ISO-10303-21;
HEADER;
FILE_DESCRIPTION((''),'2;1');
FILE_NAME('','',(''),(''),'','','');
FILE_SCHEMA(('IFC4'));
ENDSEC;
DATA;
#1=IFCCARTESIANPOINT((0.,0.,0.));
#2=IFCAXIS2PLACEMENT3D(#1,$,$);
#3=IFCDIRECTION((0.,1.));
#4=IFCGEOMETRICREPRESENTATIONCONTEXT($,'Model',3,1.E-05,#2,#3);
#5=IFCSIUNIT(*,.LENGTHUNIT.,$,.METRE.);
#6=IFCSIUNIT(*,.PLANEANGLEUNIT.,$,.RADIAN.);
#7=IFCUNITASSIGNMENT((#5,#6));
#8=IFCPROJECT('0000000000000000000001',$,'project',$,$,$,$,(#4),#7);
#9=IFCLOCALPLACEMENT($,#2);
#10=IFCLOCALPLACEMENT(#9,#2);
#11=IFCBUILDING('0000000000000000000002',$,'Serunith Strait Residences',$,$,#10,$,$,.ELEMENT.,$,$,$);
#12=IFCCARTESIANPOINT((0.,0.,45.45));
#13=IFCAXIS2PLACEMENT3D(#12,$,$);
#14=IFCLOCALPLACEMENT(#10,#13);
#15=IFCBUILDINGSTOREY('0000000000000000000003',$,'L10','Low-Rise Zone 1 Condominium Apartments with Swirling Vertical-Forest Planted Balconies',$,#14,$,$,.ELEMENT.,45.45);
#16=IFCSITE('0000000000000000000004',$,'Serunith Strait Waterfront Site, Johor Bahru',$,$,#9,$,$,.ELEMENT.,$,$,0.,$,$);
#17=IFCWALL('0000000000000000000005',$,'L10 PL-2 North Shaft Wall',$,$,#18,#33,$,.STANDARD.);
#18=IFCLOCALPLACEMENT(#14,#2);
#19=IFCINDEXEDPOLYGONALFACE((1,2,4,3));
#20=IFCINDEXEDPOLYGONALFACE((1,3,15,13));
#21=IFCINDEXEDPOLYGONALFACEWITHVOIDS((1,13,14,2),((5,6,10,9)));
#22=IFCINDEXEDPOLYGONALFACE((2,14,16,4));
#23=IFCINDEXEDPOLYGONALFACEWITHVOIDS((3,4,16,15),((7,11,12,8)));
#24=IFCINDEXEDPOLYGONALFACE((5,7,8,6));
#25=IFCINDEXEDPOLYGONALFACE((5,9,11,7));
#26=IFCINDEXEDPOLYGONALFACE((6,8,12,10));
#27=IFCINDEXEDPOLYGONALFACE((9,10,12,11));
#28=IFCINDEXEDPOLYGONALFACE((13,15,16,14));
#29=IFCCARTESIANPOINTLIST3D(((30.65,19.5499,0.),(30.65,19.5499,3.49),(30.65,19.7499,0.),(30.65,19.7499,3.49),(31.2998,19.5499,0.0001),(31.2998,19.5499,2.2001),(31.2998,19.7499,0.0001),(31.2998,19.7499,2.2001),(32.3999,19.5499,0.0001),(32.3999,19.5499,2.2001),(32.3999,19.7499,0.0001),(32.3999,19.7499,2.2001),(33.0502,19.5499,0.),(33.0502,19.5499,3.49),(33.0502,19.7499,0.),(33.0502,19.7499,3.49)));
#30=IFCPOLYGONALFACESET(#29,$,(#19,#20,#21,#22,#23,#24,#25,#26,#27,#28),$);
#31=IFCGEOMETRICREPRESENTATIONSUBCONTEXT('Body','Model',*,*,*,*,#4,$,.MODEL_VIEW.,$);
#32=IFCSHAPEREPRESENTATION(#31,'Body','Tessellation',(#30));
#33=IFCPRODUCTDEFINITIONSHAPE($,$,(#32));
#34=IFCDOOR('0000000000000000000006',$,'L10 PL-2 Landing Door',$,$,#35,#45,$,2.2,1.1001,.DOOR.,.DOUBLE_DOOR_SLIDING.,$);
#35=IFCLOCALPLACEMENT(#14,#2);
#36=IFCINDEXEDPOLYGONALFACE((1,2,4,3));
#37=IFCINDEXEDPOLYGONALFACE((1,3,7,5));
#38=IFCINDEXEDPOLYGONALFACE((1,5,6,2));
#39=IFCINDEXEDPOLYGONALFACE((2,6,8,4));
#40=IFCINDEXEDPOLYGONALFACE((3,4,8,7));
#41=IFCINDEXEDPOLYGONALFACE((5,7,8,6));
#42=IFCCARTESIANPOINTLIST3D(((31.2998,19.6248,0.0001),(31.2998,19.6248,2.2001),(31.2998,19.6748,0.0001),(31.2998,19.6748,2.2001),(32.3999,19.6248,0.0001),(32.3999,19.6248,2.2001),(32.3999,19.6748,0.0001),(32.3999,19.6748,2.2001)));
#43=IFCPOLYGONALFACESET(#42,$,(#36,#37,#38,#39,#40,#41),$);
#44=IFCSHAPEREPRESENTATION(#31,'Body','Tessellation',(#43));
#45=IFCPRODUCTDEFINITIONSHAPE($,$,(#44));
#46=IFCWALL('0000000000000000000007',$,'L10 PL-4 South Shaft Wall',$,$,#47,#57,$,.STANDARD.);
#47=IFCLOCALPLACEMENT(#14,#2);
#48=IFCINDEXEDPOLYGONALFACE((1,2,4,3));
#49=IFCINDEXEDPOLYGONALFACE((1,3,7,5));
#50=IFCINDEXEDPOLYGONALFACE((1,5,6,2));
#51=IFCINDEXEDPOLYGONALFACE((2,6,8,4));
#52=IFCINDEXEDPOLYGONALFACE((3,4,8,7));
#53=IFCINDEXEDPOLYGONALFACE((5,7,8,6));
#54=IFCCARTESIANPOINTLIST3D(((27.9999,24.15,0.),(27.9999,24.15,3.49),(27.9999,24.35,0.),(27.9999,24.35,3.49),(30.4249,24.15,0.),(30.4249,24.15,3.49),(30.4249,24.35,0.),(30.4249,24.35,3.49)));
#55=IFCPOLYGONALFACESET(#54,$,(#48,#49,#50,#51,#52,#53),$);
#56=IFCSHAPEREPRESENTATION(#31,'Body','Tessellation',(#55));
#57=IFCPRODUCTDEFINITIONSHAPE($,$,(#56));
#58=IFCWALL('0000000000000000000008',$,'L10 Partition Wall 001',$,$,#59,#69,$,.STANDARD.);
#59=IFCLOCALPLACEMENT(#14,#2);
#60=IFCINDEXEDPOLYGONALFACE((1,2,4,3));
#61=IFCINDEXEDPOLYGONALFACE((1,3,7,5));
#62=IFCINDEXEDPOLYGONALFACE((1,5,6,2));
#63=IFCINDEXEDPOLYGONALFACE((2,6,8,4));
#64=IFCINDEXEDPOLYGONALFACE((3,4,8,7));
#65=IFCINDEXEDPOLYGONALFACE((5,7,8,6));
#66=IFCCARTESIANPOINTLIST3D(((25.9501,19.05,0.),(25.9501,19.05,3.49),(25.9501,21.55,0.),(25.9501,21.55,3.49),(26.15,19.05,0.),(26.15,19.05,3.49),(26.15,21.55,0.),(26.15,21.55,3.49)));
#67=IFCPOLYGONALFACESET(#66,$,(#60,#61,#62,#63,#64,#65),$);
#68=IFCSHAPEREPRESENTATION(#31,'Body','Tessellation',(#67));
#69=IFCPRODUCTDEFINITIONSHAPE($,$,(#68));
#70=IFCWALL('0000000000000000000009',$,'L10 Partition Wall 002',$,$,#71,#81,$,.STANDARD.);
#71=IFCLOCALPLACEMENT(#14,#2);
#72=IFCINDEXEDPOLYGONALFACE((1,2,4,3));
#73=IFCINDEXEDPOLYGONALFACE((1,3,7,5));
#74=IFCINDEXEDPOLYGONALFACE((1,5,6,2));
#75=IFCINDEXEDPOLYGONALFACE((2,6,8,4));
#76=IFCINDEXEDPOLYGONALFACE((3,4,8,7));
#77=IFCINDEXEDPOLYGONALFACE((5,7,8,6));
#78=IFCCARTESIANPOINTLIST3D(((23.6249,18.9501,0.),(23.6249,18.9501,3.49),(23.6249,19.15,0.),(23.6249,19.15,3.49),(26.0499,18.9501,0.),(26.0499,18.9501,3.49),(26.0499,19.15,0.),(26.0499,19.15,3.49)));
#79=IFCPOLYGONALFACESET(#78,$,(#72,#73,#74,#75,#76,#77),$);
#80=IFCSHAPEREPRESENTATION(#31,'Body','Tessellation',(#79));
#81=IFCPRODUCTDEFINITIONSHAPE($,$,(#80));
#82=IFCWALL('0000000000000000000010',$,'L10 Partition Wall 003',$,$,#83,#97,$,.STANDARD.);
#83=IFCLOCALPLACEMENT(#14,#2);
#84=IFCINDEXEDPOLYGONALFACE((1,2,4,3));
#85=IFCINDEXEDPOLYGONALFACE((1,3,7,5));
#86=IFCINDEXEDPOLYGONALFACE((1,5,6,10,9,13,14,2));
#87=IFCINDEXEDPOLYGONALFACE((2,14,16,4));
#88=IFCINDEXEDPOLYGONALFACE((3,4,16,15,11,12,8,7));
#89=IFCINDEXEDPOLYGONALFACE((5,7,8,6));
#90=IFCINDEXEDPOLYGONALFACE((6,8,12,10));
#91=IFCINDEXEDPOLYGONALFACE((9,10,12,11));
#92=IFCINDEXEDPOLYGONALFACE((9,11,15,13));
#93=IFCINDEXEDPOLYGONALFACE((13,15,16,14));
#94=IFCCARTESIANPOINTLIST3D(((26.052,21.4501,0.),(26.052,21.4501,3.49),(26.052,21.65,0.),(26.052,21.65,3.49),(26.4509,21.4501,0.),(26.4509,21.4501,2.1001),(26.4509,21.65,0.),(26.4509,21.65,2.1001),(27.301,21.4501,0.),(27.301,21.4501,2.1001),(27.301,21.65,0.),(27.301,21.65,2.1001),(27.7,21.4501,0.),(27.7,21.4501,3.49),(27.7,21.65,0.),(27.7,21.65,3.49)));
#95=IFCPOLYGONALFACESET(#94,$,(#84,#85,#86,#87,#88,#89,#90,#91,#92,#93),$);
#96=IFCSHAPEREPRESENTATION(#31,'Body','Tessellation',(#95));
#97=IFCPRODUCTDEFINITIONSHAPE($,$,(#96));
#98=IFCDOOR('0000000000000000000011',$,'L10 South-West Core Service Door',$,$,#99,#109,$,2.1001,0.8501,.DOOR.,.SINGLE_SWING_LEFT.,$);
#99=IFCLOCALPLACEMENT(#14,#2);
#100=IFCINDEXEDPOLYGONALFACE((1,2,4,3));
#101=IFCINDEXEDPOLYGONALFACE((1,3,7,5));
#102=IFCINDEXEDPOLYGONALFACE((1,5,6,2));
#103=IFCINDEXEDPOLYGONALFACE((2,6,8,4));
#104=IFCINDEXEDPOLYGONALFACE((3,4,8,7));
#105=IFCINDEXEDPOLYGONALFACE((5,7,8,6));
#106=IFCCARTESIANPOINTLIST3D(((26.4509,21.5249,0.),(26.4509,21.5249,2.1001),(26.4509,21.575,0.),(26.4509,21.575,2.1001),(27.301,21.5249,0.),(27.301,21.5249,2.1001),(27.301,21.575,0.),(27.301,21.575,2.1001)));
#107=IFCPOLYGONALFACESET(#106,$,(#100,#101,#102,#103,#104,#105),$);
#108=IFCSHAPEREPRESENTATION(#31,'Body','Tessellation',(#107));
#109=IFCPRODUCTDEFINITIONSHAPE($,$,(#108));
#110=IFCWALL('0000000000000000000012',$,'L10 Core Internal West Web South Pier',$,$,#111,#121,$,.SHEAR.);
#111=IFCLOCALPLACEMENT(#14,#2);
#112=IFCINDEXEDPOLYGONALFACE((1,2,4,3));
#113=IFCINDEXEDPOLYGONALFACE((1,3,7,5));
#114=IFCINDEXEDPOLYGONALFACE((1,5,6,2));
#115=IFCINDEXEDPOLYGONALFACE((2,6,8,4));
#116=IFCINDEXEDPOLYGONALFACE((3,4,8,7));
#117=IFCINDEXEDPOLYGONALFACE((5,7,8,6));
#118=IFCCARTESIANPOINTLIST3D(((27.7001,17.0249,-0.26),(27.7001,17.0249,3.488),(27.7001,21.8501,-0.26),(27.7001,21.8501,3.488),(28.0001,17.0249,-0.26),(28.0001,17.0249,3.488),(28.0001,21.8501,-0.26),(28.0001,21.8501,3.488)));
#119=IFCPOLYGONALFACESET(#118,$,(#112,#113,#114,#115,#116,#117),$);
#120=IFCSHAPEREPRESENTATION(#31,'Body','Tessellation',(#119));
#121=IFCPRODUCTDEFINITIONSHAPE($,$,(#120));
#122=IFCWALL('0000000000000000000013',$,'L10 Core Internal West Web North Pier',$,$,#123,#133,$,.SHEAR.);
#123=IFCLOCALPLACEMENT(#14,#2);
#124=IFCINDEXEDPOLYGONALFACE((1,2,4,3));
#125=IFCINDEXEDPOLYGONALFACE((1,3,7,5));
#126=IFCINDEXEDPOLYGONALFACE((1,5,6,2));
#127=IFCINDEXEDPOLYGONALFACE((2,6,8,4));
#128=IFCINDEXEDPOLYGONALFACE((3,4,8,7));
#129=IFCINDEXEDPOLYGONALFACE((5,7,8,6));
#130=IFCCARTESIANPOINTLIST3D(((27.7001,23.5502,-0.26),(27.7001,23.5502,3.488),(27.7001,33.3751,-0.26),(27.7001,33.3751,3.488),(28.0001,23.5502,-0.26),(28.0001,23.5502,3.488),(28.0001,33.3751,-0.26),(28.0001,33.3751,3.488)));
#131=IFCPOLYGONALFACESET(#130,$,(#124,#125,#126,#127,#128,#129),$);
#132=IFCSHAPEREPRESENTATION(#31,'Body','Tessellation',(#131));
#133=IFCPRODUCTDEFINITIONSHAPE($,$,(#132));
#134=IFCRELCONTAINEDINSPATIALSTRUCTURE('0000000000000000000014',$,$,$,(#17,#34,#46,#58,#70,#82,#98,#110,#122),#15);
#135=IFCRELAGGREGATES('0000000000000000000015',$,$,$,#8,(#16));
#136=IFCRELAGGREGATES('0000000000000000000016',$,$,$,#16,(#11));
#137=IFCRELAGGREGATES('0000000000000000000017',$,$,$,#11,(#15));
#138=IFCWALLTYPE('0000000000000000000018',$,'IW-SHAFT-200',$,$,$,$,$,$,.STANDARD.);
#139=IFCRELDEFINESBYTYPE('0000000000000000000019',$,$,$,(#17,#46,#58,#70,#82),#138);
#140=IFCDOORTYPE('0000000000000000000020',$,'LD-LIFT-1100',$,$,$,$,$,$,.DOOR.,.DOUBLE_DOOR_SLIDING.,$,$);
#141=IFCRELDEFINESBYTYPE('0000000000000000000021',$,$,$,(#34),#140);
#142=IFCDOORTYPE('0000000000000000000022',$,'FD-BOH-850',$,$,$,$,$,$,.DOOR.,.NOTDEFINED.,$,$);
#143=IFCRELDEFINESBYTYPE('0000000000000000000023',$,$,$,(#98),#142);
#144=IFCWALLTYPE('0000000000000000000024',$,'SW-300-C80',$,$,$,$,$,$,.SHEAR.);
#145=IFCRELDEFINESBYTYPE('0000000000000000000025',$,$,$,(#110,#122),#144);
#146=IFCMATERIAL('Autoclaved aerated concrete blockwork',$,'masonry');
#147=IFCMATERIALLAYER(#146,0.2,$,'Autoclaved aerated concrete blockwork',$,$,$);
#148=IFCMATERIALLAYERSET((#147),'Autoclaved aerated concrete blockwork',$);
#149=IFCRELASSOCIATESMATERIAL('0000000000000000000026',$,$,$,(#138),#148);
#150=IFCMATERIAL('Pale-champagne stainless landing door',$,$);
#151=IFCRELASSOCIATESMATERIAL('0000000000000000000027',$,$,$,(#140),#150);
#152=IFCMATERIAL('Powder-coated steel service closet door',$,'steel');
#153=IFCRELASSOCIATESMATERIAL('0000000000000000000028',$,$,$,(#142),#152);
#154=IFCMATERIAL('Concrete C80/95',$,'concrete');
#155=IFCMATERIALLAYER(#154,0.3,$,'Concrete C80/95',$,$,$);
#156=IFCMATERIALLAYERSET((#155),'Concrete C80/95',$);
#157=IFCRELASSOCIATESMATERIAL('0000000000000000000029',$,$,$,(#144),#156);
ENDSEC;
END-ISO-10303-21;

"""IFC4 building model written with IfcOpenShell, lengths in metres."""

from ifc_helpers import new_model, si_unit, direction, frame, frame_2d, origin, place, context, subcontext, project, spatial, rectangle, extrude, source, transform, mapped, material, layer, layer_set, type_object, element, fill, save


model = new_model("IFC4")

# Units and contexts
model_context = context("Model", 3, precision=1e-05, world=origin(), true_north=direction((0.0, 1.0)))
body_context = subcontext(model_context, "Body", "Model", "MODEL_VIEW")
ifc_project = project(units=[si_unit("LENGTHUNIT", "METRE"), si_unit("PLANEANGLEUNIT", "RADIAN")], contexts=[model_context])

# Site, building, storey
site_placement = place(None, origin())
site = spatial("IfcSite", under=ifc_project, at=site_placement, Name="Serunith Strait Waterfront Site, Johor Bahru", CompositionType="ELEMENT", RefElevation=0.0)
building_placement = place(site_placement, origin())
building = spatial("IfcBuilding", under=site, at=building_placement, Name="Serunith Strait Residences", CompositionType="ELEMENT")
storey_placement = place(building_placement, frame((0.0, 0.0, 45.45)))
storey = spatial("IfcBuildingStorey", under=building, at=storey_placement, Name="L10", Description="Low-Rise Zone 1 Condominium Apartments with Swirling Vertical-Forest Planted Balconies", CompositionType="ELEMENT", Elevation=45.45)

# Shared definitions
ifc_material_1 = material(Name="Autoclaved aerated concrete blockwork", Category="masonry")
ifc_layer_1 = layer(ifc_material_1, 0.2, Name="Autoclaved aerated concrete blockwork")
ifc_layer_set_1 = layer_set([ifc_layer_1], Name="Autoclaved aerated concrete blockwork")
wall_type_1 = type_object("IfcWallType", Name="IW-SHAFT-200", PredefinedType="STANDARD", material=ifc_layer_set_1)
ifc_material_2 = material(Name="Pale-champagne stainless landing door")
door_type_1 = type_object("IfcDoorType", Name="LD-LIFT-1100", OperationType="DOUBLE_DOOR_SLIDING", PredefinedType="DOOR", material=ifc_material_2)
shared_shape_1 = source(origin(), body_context, "Body", "SweptSolid", [
    extrude(rectangle(XDim=1.1001, YDim=2.2, at=frame_2d((0.55, 1.1001))), frame((0.0, 0.0249, 0.0), z_axis=(0.0, -1.0, 0.0), x_axis=(1.0, 0.0, 0.0)), (0.0, 0.0, 1.0), 0.05),
])

# Wall, opening, door
wall_1_placement = place(storey_placement, frame((30.6499, 19.6499, 0.0), z_axis=(0.0, 0.0, 1.0), x_axis=(1.0, 0.0, 0.0)))
wall_1 = element("IfcWall", 1, at=wall_1_placement, inside=storey, type_object=wall_type_1, Name="L10 PL-2 North Shaft Wall", PredefinedType="STANDARD", context=body_context, shape_type="SweptSolid", body=[
    extrude(rectangle(XDim=2.4001, YDim=0.2, at=frame_2d((1.2002, 0.0))), origin(), (0.0, 0.0, 1.0), 3.49),
])
opening_1_placement = place(wall_1_placement, frame((0.6499, 0.0, 0.0)))
opening_1 = element("IfcOpeningElement", 2, at=opening_1_placement, cuts=wall_1, PredefinedType="OPENING", context=body_context, shape_type="SweptSolid", body=[
    extrude(rectangle(XDim=1.1001, YDim=2.2, at=frame_2d((0.55, 1.1001))), frame((0.0, 0.1099, 0.0), z_axis=(0.0, -1.0, 0.0), x_axis=(1.0, 0.0, 0.0)), (0.0, 0.0, 1.0), 0.22),
])
door_1_placement = place(opening_1_placement, origin())
door_1 = element("IfcDoor", 3, at=door_1_placement, inside=storey, type_object=door_type_1, Name="L10 PL-2 Landing Door", OperationType="DOUBLE_DOOR_SLIDING", OverallHeight=2.2, OverallWidth=1.1001, PredefinedType="DOOR", context=body_context, shape_type="MappedRepresentation", body=[
    mapped(shared_shape_1, transform((0.0, 0.0, 0.0), scale=1.0)),
])
fill(opening_1, door_1)

# Walls
wall_2_placement = place(storey_placement, frame((28.0, 24.25, 0.0), z_axis=(0.0, 0.0, 1.0), x_axis=(1.0, 0.0, 0.0)))
element("IfcWall", 4, at=wall_2_placement, inside=storey, type_object=wall_type_1, Name="L10 PL-4 South Shaft Wall", PredefinedType="STANDARD", context=body_context, shape_type="SweptSolid", body=[
    extrude(rectangle(XDim=2.425, YDim=0.2, at=frame_2d((1.2124, 0.0))), origin(), (0.0, 0.0, 1.0), 3.49),
])
wall_3_placement = place(storey_placement, frame((26.05, 19.05, 0.0), z_axis=(0.0, 0.0, 1.0), x_axis=(0.0, 1.0, 0.0)))
element("IfcWall", 5, at=wall_3_placement, inside=storey, type_object=wall_type_1, Name="L10 Partition Wall 001", PredefinedType="STANDARD", context=body_context, shape_type="SweptSolid", body=[
    extrude(rectangle(XDim=2.5, YDim=0.2, at=frame_2d((1.25, 0.0))), origin(), (0.0, 0.0, 1.0), 3.49),
])
wall_4_placement = place(storey_placement, frame((23.625, 19.05, 0.0), z_axis=(0.0, 0.0, 1.0), x_axis=(1.0, 0.0, 0.0)))
element("IfcWall", 6, at=wall_4_placement, inside=storey, type_object=wall_type_1, Name="L10 Partition Wall 002", PredefinedType="STANDARD", context=body_context, shape_type="SweptSolid", body=[
    extrude(rectangle(XDim=2.425, YDim=0.2, at=frame_2d((1.2124, 0.0))), origin(), (0.0, 0.0, 1.0), 3.49),
])

# Wall, opening, door
wall_5_placement = place(storey_placement, frame((26.052, 21.55, 0.0), z_axis=(0.0, 0.0, 1.0), x_axis=(1.0, 0.0, 0.0)))
wall_5 = element("IfcWall", 7, at=wall_5_placement, inside=storey, type_object=wall_type_1, Name="L10 Partition Wall 003", PredefinedType="STANDARD", context=body_context, shape_type="SweptSolid", body=[
    extrude(rectangle(XDim=1.6479, YDim=0.2, at=frame_2d((0.824, 0.0))), origin(), (0.0, 0.0, 1.0), 3.49),
])
opening_2_placement = place(wall_5_placement, frame((0.3989, 0.0, 0.0)))
opening_2 = element("IfcOpeningElement", 8, at=opening_2_placement, cuts=wall_5, PredefinedType="OPENING", context=body_context, shape_type="SweptSolid", body=[
    extrude(rectangle(XDim=0.8501, YDim=2.1001, at=frame_2d((0.425, 1.05))), frame((0.0, 0.1099, 0.0), z_axis=(0.0, -1.0, 0.0), x_axis=(1.0, 0.0, 0.0)), (0.0, 0.0, 1.0), 0.22),
])
ifc_material_3 = material(Name="Powder-coated steel service closet door", Category="steel")
door_type_2 = type_object("IfcDoorType", Name="FD-BOH-850", OperationType="NOTDEFINED", PredefinedType="DOOR", material=ifc_material_3)
shared_shape_2 = source(origin(), body_context, "Body", "SweptSolid", [
    extrude(rectangle(XDim=0.8501, YDim=2.1001, at=frame_2d((0.425, 1.05))), frame((0.0, 0.0249, 0.0), z_axis=(0.0, -1.0, 0.0), x_axis=(1.0, 0.0, 0.0)), (0.0, 0.0, 1.0), 0.05),
])
door_2_placement = place(opening_2_placement, origin())
door_2 = element("IfcDoor", 9, at=door_2_placement, inside=storey, type_object=door_type_2, Name="L10 South-West Core Service Door", OperationType="SINGLE_SWING_LEFT", OverallHeight=2.1001, OverallWidth=0.8501, PredefinedType="DOOR", context=body_context, shape_type="MappedRepresentation", body=[
    mapped(shared_shape_2, transform((0.0, 0.0, 0.0), scale=1.0)),
])
fill(opening_2, door_2)

# Walls
ifc_material_4 = material(Name="Concrete C80/95", Category="concrete")
ifc_layer_2 = layer(ifc_material_4, 0.3, Name="Concrete C80/95")
ifc_layer_set_2 = layer_set([ifc_layer_2], Name="Concrete C80/95")
wall_type_2 = type_object("IfcWallType", Name="SW-300-C80", PredefinedType="SHEAR", material=ifc_layer_set_2)
wall_6_placement = place(storey_placement, frame((27.8501, 17.0249, -0.26), z_axis=(0.0, 0.0, 1.0), x_axis=(0.0, 1.0, 0.0)))
element("IfcWall", 10, at=wall_6_placement, inside=storey, type_object=wall_type_2, Name="L10 Core Internal West Web South Pier", PredefinedType="SHEAR", context=body_context, shape_type="SweptSolid", body=[
    extrude(rectangle(XDim=4.8252, YDim=0.3, at=frame_2d((2.4126, 0.0))), origin(), (0.0, 0.0, 1.0), 3.748),
])
wall_7_placement = place(storey_placement, frame((27.8501, 23.55, -0.26), z_axis=(0.0, 0.0, 1.0), x_axis=(0.0, 1.0, 0.0)))
element("IfcWall", 11, at=wall_7_placement, inside=storey, type_object=wall_type_2, Name="L10 Core Internal West Web North Pier", PredefinedType="SHEAR", context=body_context, shape_type="SweptSolid", body=[
    extrude(rectangle(XDim=9.825, YDim=0.3, at=frame_2d((4.9126, 0.0))), origin(), (0.0, 0.0, 1.0), 3.748),
])

save(model, "model.ifc")
